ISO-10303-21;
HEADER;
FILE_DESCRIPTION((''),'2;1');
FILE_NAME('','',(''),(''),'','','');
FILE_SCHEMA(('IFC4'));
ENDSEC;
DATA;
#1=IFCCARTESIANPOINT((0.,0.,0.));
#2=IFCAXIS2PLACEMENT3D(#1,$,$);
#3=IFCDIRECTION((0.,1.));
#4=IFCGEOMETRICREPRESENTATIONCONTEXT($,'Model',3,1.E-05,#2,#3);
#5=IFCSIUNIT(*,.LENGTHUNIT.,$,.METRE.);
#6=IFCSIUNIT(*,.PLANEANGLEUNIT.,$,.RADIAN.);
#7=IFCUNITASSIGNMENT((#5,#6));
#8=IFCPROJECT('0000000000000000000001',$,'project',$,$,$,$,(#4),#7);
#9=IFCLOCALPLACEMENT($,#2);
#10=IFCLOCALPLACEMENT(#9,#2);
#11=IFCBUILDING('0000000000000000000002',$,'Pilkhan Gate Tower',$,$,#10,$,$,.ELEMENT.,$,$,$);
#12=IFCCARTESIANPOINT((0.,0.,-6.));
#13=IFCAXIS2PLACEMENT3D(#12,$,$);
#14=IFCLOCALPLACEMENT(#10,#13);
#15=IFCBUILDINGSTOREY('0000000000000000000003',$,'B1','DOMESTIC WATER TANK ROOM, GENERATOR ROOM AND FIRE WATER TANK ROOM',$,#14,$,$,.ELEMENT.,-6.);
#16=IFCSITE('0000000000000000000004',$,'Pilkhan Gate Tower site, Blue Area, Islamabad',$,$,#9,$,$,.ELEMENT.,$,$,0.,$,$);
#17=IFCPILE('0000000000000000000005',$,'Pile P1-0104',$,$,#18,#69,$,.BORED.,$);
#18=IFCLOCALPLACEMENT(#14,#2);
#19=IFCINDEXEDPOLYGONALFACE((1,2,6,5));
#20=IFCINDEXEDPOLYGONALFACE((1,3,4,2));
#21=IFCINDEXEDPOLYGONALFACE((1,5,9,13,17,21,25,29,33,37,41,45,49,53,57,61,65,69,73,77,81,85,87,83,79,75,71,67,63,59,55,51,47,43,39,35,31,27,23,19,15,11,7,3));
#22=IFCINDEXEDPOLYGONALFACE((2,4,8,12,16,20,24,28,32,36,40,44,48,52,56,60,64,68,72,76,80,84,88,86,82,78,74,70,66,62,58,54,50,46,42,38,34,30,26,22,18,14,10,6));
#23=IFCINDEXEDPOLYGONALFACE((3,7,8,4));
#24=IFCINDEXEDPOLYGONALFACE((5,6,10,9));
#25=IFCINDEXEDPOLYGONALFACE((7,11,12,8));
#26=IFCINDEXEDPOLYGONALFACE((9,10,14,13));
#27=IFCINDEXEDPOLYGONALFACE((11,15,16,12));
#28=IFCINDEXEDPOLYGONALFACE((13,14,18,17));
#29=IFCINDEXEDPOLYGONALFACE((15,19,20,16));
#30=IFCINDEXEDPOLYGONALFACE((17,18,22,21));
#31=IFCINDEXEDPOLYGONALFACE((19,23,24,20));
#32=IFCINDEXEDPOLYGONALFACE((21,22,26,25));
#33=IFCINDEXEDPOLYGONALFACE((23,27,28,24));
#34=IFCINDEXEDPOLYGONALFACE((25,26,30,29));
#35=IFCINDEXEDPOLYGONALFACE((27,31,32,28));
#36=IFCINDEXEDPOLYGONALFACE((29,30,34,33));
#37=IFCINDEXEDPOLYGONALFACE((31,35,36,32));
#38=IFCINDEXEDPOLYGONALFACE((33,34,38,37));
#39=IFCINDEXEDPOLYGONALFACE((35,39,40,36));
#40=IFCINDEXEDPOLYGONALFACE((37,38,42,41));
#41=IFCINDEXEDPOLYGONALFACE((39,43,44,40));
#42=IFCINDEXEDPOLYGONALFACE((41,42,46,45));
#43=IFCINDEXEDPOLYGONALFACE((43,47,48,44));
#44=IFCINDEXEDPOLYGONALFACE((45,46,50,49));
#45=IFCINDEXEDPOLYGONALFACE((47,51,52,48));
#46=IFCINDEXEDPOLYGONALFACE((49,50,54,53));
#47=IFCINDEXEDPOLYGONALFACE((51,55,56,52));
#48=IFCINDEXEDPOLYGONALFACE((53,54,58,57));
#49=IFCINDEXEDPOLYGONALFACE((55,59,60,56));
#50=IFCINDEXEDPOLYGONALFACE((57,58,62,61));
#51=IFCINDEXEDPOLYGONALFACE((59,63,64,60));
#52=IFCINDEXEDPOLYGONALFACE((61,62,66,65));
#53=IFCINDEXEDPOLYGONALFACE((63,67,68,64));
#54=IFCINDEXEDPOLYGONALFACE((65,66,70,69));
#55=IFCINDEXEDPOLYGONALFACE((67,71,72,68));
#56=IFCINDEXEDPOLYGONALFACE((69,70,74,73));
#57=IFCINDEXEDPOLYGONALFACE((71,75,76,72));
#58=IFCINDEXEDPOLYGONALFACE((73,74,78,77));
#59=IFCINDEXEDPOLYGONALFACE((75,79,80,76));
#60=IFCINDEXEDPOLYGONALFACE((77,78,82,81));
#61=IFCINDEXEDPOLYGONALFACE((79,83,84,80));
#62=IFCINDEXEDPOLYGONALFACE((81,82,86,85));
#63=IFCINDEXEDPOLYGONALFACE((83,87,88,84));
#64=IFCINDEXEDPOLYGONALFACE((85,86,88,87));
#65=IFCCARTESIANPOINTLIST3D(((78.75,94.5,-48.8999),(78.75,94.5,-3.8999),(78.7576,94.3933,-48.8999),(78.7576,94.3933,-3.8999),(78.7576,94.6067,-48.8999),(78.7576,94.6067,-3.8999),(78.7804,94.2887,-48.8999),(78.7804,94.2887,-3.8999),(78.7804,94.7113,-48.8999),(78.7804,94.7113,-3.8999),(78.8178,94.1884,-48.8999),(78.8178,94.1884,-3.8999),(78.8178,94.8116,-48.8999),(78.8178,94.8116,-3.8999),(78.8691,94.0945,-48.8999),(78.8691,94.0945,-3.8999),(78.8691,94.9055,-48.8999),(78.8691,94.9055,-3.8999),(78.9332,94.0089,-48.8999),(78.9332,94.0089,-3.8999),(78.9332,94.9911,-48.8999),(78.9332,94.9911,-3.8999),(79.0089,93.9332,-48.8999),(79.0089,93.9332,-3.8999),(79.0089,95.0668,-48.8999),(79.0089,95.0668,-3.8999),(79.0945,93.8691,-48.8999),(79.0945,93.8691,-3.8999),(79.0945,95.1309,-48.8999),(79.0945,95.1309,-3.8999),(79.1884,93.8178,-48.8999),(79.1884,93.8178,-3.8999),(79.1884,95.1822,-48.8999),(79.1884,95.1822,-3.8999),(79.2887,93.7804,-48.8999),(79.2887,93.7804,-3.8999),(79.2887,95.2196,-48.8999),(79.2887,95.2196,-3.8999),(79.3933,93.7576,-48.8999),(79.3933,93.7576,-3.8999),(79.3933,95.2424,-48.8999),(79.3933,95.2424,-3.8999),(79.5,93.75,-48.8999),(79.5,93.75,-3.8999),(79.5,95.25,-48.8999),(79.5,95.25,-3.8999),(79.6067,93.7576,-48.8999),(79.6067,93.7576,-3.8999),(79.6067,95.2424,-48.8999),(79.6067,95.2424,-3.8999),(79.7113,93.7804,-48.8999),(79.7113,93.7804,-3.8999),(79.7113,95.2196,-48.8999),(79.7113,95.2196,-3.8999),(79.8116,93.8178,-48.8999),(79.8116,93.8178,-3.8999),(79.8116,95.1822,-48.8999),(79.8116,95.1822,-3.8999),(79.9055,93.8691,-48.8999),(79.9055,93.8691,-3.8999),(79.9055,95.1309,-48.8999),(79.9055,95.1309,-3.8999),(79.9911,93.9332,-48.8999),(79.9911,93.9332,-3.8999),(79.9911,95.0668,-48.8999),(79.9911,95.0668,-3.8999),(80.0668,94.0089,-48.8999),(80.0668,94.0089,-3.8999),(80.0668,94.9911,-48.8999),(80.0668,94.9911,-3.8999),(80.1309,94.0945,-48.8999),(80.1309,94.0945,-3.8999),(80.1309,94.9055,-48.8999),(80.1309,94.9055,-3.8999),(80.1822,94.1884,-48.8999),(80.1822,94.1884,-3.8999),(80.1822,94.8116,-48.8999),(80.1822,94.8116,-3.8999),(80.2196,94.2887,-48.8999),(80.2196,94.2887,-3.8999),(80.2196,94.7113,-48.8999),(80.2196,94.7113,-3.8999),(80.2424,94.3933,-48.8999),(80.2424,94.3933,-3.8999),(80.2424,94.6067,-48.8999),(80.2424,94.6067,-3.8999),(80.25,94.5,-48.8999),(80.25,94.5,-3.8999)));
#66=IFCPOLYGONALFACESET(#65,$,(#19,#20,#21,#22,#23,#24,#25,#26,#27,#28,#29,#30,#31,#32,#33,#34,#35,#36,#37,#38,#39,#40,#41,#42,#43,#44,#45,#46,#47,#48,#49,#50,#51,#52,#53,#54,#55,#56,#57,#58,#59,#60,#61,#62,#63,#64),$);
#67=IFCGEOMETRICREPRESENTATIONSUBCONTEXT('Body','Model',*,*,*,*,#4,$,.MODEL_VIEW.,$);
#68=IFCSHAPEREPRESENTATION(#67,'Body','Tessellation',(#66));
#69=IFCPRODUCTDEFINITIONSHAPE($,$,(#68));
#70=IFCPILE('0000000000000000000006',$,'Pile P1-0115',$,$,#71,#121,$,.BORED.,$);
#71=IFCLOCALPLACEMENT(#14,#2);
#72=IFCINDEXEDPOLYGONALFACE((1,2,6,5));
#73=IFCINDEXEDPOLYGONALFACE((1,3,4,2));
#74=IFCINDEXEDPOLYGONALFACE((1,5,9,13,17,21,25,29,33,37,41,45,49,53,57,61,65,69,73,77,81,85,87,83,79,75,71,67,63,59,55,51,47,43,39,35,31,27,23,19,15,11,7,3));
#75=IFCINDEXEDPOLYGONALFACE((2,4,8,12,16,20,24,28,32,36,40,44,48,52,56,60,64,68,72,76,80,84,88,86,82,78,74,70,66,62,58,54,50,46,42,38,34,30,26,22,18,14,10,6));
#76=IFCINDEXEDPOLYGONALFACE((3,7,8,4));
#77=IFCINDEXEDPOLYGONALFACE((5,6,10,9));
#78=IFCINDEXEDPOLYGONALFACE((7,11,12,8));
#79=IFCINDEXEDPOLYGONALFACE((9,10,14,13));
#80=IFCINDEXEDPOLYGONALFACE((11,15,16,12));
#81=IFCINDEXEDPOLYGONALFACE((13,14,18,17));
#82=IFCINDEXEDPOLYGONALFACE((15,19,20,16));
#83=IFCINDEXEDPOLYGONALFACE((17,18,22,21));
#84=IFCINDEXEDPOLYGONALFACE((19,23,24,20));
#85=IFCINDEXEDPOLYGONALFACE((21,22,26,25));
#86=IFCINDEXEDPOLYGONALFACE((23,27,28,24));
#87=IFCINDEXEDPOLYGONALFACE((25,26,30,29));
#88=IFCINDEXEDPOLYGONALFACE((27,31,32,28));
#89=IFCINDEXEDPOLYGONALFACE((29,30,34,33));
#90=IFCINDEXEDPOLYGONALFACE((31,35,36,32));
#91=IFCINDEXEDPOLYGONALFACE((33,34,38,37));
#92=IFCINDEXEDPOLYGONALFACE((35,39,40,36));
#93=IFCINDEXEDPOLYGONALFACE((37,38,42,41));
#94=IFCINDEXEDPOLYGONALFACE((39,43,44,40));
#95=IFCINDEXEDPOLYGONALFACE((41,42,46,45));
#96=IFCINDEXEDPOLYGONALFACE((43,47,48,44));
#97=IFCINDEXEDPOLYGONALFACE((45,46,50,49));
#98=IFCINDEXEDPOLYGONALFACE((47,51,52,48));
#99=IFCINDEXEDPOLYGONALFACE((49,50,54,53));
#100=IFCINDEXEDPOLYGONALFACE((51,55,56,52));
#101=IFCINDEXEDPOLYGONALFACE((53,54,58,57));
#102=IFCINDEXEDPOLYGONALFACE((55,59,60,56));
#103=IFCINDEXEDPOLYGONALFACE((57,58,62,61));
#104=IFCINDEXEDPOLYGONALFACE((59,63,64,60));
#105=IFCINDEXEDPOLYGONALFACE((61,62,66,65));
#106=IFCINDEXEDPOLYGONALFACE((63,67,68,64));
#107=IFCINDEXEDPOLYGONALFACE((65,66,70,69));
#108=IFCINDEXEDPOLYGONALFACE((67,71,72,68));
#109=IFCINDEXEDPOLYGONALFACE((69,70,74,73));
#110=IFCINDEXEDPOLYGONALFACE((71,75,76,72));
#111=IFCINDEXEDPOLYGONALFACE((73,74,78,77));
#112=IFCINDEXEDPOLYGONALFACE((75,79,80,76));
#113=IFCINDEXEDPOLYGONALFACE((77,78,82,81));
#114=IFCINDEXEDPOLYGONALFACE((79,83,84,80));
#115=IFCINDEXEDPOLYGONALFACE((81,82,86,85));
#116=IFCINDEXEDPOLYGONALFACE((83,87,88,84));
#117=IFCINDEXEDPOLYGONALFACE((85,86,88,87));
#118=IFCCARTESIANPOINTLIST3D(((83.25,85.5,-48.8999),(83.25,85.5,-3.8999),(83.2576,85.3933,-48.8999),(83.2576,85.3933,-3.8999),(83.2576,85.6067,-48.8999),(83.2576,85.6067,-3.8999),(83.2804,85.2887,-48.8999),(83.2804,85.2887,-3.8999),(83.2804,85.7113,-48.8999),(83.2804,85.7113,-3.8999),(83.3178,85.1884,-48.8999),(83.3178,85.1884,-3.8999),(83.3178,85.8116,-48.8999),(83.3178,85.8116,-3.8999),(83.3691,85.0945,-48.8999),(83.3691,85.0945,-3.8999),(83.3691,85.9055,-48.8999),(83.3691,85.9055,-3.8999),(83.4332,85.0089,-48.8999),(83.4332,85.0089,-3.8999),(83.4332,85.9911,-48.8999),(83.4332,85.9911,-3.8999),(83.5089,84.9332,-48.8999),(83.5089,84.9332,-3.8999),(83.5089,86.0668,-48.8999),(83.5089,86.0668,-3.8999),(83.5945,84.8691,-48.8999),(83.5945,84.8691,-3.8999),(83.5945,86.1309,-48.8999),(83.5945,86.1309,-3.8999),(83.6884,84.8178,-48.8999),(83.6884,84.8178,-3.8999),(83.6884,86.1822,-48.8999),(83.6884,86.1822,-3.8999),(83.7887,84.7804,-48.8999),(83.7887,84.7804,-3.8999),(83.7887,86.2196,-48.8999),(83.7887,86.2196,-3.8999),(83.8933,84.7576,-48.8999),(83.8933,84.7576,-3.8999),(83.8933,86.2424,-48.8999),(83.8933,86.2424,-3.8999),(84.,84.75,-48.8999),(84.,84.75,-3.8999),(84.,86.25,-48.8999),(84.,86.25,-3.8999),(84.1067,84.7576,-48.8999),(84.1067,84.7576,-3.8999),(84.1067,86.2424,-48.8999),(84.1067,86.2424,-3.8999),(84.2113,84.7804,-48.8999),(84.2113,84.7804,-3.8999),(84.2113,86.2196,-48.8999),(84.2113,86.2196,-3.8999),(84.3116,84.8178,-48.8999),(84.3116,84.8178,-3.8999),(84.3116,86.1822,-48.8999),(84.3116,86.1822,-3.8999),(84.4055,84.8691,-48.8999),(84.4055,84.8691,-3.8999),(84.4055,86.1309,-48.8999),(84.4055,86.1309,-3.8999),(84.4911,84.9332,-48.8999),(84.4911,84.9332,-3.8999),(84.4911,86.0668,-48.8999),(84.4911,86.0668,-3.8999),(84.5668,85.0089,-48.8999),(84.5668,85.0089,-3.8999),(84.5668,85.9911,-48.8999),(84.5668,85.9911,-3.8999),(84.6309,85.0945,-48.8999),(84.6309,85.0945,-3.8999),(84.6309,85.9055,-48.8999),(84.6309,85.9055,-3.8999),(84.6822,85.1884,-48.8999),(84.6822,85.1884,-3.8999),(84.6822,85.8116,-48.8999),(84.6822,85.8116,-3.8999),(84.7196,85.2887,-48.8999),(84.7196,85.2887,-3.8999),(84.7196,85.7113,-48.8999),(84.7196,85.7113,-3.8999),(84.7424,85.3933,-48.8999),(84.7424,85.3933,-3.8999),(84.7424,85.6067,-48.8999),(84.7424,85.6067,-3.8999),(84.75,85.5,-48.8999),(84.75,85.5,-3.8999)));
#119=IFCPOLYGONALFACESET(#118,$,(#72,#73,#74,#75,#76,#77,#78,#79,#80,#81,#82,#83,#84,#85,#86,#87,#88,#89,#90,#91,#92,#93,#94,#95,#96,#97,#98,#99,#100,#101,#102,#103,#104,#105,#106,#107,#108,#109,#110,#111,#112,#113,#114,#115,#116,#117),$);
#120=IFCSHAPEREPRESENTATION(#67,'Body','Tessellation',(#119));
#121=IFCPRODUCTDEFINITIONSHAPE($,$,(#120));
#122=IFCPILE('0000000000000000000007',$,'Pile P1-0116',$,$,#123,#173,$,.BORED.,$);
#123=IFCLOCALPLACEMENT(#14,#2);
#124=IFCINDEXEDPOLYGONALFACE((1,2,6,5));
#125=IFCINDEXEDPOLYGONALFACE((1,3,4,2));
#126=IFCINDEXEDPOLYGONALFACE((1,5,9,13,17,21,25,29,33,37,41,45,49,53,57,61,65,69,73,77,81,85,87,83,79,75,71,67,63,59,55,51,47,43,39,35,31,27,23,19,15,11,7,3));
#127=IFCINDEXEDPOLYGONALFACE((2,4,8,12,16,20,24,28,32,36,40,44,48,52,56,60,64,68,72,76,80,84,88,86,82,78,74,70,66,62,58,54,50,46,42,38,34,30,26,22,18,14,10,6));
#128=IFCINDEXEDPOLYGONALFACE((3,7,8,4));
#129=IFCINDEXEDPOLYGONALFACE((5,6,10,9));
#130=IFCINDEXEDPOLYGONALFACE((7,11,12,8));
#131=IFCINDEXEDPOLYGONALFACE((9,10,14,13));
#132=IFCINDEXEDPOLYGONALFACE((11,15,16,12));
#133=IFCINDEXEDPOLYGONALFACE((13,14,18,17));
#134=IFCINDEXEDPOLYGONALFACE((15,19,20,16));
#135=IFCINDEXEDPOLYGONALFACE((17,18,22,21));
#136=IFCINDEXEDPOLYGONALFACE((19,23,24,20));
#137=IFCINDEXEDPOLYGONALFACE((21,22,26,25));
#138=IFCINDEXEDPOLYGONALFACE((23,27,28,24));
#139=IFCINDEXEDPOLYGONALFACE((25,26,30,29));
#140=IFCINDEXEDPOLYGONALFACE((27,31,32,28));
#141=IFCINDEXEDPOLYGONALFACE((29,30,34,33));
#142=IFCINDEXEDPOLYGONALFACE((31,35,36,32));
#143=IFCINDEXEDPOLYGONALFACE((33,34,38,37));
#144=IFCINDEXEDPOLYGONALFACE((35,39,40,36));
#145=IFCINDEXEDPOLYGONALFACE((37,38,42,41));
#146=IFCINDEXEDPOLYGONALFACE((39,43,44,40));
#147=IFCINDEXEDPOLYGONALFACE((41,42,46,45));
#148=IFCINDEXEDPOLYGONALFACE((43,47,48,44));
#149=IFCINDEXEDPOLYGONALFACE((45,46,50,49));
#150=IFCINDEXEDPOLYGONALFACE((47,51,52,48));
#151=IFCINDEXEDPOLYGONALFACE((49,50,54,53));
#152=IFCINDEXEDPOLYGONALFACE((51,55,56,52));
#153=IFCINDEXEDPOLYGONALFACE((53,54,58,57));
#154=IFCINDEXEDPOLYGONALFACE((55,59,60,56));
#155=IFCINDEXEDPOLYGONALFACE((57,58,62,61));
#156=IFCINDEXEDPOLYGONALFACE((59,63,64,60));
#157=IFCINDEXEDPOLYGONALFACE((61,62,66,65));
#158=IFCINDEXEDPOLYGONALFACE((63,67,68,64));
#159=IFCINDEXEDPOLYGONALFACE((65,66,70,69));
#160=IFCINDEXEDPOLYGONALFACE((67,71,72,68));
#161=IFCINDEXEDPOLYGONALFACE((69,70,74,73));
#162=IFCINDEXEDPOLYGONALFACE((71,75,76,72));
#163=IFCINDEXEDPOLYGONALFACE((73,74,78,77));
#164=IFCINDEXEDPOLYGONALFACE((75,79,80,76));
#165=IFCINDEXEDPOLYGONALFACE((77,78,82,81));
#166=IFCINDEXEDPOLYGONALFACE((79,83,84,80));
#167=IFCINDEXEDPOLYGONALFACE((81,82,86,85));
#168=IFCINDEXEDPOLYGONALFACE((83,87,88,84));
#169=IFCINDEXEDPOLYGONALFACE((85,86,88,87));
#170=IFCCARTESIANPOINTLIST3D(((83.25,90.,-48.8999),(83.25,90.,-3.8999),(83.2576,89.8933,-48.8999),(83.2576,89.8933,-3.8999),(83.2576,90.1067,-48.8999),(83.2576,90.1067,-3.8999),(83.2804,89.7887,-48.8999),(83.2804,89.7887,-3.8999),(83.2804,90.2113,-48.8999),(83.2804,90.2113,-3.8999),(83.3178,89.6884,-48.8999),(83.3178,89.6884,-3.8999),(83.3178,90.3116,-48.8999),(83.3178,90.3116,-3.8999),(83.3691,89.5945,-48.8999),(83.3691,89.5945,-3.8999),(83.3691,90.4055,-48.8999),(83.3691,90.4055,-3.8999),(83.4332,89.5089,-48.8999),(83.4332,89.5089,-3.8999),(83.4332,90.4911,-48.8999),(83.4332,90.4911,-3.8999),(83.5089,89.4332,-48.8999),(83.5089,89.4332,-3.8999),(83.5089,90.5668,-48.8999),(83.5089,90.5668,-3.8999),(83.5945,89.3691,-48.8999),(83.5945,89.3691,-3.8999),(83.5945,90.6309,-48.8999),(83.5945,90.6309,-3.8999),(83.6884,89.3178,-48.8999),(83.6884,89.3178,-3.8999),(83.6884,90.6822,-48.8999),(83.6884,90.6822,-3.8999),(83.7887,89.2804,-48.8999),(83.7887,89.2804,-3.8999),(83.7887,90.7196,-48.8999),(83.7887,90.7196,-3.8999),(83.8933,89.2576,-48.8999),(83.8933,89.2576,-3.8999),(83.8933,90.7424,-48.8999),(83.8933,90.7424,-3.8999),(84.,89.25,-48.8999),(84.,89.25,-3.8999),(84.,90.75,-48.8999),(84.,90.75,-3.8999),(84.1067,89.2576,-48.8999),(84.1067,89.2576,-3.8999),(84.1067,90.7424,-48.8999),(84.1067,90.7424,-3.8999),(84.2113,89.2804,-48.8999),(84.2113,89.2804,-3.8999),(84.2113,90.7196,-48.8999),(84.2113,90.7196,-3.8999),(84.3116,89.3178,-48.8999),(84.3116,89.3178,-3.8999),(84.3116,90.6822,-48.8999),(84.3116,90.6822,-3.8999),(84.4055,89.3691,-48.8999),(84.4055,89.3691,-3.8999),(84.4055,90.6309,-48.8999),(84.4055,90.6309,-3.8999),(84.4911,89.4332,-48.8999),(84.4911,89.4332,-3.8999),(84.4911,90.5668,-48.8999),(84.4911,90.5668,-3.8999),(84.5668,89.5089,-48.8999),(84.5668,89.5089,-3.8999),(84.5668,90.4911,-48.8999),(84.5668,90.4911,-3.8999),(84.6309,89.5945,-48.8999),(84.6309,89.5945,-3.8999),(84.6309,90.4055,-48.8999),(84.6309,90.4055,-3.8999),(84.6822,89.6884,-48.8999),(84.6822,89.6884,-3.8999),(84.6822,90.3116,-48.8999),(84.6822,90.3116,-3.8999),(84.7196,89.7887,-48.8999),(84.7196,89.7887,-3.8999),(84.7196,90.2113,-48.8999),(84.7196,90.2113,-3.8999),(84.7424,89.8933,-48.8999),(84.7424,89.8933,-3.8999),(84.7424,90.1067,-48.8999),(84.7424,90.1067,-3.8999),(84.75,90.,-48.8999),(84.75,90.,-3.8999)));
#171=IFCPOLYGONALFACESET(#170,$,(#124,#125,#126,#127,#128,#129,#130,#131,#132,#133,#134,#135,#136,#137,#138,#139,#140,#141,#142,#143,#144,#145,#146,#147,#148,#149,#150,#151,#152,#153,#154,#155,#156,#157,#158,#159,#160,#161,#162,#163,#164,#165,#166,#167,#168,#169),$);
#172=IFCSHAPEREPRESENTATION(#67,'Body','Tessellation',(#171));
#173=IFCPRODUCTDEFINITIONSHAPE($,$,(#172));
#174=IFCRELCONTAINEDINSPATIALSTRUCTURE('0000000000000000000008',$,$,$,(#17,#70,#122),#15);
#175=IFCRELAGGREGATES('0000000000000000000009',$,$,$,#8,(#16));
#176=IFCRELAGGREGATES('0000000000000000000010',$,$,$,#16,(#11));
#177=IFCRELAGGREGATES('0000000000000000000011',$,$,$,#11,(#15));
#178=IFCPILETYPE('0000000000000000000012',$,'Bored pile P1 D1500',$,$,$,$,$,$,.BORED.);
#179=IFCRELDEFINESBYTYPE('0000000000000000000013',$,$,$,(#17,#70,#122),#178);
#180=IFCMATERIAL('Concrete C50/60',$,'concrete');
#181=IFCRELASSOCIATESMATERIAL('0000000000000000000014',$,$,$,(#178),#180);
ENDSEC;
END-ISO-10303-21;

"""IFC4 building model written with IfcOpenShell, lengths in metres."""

from ifc_helpers import new_model, si_unit, direction, frame, origin, origin_2d, place, context, subcontext, project, spatial, circle, extrude, material, material_profile, profile_set, type_object, element, save


model = new_model("IFC4")

# Units and contexts
model_context = context("Model", 3, precision=1e-05, world=origin(), true_north=direction((0.0, 1.0)))
body_context = subcontext(model_context, "Body", "Model", "MODEL_VIEW")
ifc_project = project(units=[si_unit("LENGTHUNIT", "METRE"), si_unit("PLANEANGLEUNIT", "RADIAN")], contexts=[model_context])

# Site, building, storey
site_placement = place(None, origin())
site = spatial("IfcSite", under=ifc_project, at=site_placement, Name="Pilkhan Gate Tower site, Blue Area, Islamabad", CompositionType="ELEMENT", RefElevation=0.0)
building_placement = place(site_placement, origin())
building = spatial("IfcBuilding", under=site, at=building_placement, Name="Pilkhan Gate Tower", CompositionType="ELEMENT")
storey_placement = place(building_placement, frame((0.0, 0.0, -6.0)))
storey = spatial("IfcBuildingStorey", under=building, at=storey_placement, Name="B1", Description="DOMESTIC WATER TANK ROOM, GENERATOR ROOM AND FIRE WATER TANK ROOM", CompositionType="ELEMENT", Elevation=-6.0)

# Piles
ifc_material_1 = material(Name="Concrete C50/60", Category="concrete")
ifc_material_profile = material_profile(ifc_material_1, circle(Radius=0.75, at=origin_2d()), Name="Bored pile 1500 dia")
ifc_profile_set = profile_set([ifc_material_profile], Name="Concrete C50/60")
pile_type = type_object("IfcPileType", Name="Bored pile P1 D1500", PredefinedType="BORED", material=ifc_profile_set)
for number, where, z_axis, x_axis, name in (
    (1, (79.5, 94.5, -3.8999), (0.0, 0.0, -1.0), (1.0, 0.0, 0.0), "Pile P1-0104"),
    (2, (84.0, 85.5, -3.8999), (0.0, 0.0, -1.0), (1.0, 0.0, 0.0), "Pile P1-0115"),
    (3, (84.0, 90.0, -3.8999), (0.0, 0.0, -1.0), (1.0, 0.0, 0.0), "Pile P1-0116"),
):
    element("IfcPile", number, at=place(storey_placement, frame(where, z_axis=z_axis, x_axis=x_axis)), inside=storey, type_object=pile_type, Name=name, PredefinedType="BORED", context=body_context, shape_type="SweptSolid", body=[
        extrude(circle(Radius=0.75, at=origin_2d()), origin(), (0.0, 0.0, 1.0), 45.0),
    ])

save(model, "model.ifc")
